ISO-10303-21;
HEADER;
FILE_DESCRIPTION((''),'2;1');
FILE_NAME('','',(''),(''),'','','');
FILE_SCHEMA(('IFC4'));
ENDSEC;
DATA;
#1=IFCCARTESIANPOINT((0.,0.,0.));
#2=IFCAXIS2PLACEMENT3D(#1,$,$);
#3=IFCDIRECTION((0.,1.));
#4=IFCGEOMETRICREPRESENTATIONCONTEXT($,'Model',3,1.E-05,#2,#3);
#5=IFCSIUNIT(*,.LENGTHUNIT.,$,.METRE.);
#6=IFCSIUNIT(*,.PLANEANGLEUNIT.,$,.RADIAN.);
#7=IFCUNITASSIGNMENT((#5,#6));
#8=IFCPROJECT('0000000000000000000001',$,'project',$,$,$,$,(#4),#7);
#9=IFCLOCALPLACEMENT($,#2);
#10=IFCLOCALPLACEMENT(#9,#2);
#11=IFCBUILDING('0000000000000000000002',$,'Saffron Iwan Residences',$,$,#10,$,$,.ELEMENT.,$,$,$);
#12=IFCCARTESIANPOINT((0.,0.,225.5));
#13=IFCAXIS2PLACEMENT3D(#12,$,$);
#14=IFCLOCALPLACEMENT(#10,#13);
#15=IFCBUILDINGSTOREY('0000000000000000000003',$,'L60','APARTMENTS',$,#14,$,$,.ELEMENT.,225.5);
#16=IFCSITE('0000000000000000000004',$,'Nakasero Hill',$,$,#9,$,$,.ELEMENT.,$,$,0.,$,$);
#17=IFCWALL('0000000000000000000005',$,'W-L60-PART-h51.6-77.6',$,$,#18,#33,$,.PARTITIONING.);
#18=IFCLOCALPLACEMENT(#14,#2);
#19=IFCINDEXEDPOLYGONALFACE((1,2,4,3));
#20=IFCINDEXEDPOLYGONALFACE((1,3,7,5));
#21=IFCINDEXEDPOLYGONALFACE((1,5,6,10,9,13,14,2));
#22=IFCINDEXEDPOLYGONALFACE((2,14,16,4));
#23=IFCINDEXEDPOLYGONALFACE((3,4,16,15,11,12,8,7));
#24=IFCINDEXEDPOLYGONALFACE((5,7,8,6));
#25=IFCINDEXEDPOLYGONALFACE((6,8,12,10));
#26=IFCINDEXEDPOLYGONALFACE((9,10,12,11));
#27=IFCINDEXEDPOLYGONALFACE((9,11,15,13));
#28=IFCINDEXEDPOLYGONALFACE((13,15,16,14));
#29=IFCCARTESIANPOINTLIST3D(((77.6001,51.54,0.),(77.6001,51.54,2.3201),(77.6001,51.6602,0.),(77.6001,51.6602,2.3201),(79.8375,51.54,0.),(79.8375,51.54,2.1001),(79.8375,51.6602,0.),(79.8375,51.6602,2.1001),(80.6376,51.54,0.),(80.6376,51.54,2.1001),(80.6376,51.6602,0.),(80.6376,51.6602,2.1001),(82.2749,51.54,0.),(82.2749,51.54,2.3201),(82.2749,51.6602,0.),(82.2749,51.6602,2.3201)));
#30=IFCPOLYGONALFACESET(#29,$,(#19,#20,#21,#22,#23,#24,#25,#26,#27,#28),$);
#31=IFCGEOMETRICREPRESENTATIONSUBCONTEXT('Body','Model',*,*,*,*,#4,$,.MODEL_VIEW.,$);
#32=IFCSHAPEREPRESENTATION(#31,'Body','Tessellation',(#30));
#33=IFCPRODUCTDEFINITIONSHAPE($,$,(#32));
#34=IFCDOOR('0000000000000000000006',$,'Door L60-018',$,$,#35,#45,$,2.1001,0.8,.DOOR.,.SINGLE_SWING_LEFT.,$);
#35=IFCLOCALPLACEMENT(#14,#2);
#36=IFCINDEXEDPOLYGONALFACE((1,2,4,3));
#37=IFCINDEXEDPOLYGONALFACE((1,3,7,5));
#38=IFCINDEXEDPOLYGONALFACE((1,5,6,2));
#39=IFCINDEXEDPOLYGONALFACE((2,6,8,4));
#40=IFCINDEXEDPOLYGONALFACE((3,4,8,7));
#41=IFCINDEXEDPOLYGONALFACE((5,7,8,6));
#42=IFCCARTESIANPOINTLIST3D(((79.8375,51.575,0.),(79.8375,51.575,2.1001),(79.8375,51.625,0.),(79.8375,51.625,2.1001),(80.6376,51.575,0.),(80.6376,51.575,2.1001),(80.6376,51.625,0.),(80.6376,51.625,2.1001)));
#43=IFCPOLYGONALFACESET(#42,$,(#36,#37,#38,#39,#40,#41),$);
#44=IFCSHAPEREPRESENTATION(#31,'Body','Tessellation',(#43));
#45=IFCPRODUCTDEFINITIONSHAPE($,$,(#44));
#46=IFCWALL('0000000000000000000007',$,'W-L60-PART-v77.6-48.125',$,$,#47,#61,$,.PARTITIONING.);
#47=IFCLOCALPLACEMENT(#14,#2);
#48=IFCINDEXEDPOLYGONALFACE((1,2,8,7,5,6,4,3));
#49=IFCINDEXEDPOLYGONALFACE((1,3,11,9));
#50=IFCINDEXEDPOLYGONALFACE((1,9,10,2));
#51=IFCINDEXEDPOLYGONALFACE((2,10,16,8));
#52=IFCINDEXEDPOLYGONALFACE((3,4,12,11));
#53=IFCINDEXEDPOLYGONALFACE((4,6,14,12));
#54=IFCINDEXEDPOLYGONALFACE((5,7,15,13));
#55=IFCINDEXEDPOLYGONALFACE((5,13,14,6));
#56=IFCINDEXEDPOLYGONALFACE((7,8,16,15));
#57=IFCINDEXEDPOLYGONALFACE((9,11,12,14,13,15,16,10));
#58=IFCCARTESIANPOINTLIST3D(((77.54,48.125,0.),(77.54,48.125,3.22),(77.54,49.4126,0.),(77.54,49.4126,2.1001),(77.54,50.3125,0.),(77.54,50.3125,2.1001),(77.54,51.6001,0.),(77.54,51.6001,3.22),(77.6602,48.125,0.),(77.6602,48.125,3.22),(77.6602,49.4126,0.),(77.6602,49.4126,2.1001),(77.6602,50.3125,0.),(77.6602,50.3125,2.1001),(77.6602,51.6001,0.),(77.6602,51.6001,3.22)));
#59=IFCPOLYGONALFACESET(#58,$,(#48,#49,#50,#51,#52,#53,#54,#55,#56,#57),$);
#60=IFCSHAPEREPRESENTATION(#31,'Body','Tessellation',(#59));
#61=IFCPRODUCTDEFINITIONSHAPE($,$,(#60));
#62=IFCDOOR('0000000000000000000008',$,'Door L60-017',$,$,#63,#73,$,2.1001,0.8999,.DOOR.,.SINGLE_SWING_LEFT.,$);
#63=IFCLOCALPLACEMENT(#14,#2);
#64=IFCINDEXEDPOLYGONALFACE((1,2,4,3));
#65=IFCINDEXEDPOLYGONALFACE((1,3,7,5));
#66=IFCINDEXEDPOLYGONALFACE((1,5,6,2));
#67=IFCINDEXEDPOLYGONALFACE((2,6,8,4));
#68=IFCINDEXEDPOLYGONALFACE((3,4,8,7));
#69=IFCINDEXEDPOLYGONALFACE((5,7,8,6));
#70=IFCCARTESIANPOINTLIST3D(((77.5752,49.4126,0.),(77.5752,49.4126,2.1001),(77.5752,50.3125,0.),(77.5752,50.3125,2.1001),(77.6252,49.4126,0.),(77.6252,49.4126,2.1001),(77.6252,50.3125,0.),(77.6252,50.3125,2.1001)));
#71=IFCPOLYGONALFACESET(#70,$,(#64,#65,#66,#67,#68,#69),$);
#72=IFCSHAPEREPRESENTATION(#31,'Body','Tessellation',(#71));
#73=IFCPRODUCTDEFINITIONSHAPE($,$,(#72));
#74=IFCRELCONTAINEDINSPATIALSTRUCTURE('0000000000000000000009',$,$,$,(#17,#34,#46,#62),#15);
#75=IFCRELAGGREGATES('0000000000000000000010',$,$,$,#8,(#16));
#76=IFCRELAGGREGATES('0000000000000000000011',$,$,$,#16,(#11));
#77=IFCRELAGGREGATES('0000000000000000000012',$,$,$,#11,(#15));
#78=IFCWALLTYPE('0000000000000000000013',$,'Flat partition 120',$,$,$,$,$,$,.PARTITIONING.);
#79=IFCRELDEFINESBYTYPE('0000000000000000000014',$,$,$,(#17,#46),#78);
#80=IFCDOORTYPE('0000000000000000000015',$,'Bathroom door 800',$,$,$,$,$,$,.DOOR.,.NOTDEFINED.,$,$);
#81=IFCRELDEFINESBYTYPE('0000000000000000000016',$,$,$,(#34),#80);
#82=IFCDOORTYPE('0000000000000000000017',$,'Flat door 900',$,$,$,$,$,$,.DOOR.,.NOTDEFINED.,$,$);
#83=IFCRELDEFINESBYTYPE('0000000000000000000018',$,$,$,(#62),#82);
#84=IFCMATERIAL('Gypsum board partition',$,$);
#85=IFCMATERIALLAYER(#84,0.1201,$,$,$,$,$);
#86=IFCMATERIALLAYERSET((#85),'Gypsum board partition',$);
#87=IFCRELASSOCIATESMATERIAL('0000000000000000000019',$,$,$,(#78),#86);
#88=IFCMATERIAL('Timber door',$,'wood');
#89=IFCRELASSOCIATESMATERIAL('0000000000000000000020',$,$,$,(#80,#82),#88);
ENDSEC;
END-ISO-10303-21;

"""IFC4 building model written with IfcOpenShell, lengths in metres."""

from ifc_helpers import new_model, si_unit, direction, frame, frame_2d, origin, place, context, subcontext, project, spatial, rectangle, extrude, material, layer, layer_set, type_object, element, fill, save


model = new_model("IFC4")

# Units and contexts
model_context = context("Model", 3, precision=1e-05, world=origin(), true_north=direction((0.0, 1.0)))
body_context = subcontext(model_context, "Body", "Model", "MODEL_VIEW")
ifc_project = project(units=[si_unit("LENGTHUNIT", "METRE"), si_unit("PLANEANGLEUNIT", "RADIAN")], contexts=[model_context])

# Site, building, storey
site_placement = place(None, origin())
site = spatial("IfcSite", under=ifc_project, at=site_placement, Name="Nakasero Hill", CompositionType="ELEMENT", RefElevation=0.0)
building_placement = place(site_placement, origin())
building = spatial("IfcBuilding", under=site, at=building_placement, Name="Saffron Iwan Residences", CompositionType="ELEMENT")
storey_placement = place(building_placement, frame((0.0, 0.0, 225.5)))
storey = spatial("IfcBuildingStorey", under=building, at=storey_placement, Name="L60", Description="APARTMENTS", CompositionType="ELEMENT", Elevation=225.5)

# Walls, openings, doors
ifc_material_1 = material(Name="Gypsum board partition")
ifc_layer_1 = layer(ifc_material_1, 0.1201)
ifc_layer_set_1 = layer_set([ifc_layer_1], Name="Gypsum board partition")
wall_type_1 = type_object("IfcWallType", Name="Flat partition 120", PredefinedType="PARTITIONING", material=ifc_layer_set_1)
wall_1_placement = place(storey_placement, frame((77.6001, 51.6001, 0.0), z_axis=(0.0, 0.0, 1.0), x_axis=(1.0, 0.0, 0.0)))
wall_1 = element("IfcWall", 1, at=wall_1_placement, inside=storey, type_object=wall_type_1, Name="W-L60-PART-h51.6-77.6", PredefinedType="PARTITIONING", context=body_context, shape_type="SweptSolid", body=[
    extrude(rectangle(XDim=4.6748, YDim=0.1201, at=frame_2d((2.3374, 0.0))), origin(), (0.0, 0.0, 1.0), 2.3201),
])
opening_1_placement = place(wall_1_placement, frame((2.2375, 0.0, 0.0)))
opening_1 = element("IfcOpeningElement", 2, at=opening_1_placement, cuts=wall_1, PredefinedType="OPENING", context=body_context, shape_type="SweptSolid", body=[
    extrude(rectangle(XDim=0.8, YDim=2.1001, at=frame_2d((0.3999, 1.05))), frame((0.0, 0.0701, 0.0), z_axis=(0.0, -1.0, 0.0), x_axis=(1.0, 0.0, 0.0)), (0.0, 0.0, 1.0), 0.1401),
])
ifc_material_2 = material(Name="Timber door", Category="wood")
door_type_1 = type_object("IfcDoorType", Name="Bathroom door 800", OperationType="NOTDEFINED", PredefinedType="DOOR", material=ifc_material_2)
door_1_placement = place(opening_1_placement, origin())
door_1 = element("IfcDoor", 3, at=door_1_placement, inside=storey, type_object=door_type_1, Name="Door L60-018", OperationType="SINGLE_SWING_LEFT", OverallHeight=2.1001, OverallWidth=0.8, PredefinedType="DOOR", context=body_context, shape_type="SweptSolid", body=[
    extrude(rectangle(XDim=0.8, YDim=2.1001, at=frame_2d((0.3999, 1.05))), frame((0.0, 0.0249, 0.0), z_axis=(0.0, -1.0, 0.0), x_axis=(1.0, 0.0, 0.0)), (0.0, 0.0, 1.0), 0.05),
])
fill(opening_1, door_1)
wall_2_placement = place(storey_placement, frame((77.6001, 48.125, 0.0), z_axis=(0.0, 0.0, 1.0), x_axis=(0.0, 1.0, 0.0)))
wall_2 = element("IfcWall", 4, at=wall_2_placement, inside=storey, type_object=wall_type_1, Name="W-L60-PART-v77.6-48.125", PredefinedType="PARTITIONING", context=body_context, shape_type="SweptSolid", body=[
    extrude(rectangle(XDim=3.4751, YDim=0.1201, at=frame_2d((1.7375, 0.0))), origin(), (0.0, 0.0, 1.0), 3.22),
])
opening_2_placement = place(wall_2_placement, frame((1.2876, 0.0, 0.0)))
opening_2 = element("IfcOpeningElement", 5, at=opening_2_placement, cuts=wall_2, PredefinedType="OPENING", context=body_context, shape_type="SweptSolid", body=[
    extrude(rectangle(XDim=0.8999, YDim=2.1001, at=frame_2d((0.45, 1.05))), frame((0.0, 0.0701, 0.0), z_axis=(0.0, -1.0, 0.0), x_axis=(1.0, 0.0, 0.0)), (0.0, 0.0, 1.0), 0.1401),
])
door_type_2 = type_object("IfcDoorType", Name="Flat door 900", OperationType="NOTDEFINED", PredefinedType="DOOR", material=ifc_material_2)
door_2_placement = place(opening_2_placement, origin())
door_2 = element("IfcDoor", 6, at=door_2_placement, inside=storey, type_object=door_type_2, Name="Door L60-017", OperationType="SINGLE_SWING_LEFT", OverallHeight=2.1001, OverallWidth=0.8999, PredefinedType="DOOR", context=body_context, shape_type="SweptSolid", body=[
    extrude(rectangle(XDim=0.8999, YDim=2.1001, at=frame_2d((0.45, 1.05))), frame((0.0, 0.0249, 0.0), z_axis=(0.0, -1.0, 0.0), x_axis=(1.0, 0.0, 0.0)), (0.0, 0.0, 1.0), 0.05),
])
fill(opening_2, door_2)

save(model, "model.ifc")
